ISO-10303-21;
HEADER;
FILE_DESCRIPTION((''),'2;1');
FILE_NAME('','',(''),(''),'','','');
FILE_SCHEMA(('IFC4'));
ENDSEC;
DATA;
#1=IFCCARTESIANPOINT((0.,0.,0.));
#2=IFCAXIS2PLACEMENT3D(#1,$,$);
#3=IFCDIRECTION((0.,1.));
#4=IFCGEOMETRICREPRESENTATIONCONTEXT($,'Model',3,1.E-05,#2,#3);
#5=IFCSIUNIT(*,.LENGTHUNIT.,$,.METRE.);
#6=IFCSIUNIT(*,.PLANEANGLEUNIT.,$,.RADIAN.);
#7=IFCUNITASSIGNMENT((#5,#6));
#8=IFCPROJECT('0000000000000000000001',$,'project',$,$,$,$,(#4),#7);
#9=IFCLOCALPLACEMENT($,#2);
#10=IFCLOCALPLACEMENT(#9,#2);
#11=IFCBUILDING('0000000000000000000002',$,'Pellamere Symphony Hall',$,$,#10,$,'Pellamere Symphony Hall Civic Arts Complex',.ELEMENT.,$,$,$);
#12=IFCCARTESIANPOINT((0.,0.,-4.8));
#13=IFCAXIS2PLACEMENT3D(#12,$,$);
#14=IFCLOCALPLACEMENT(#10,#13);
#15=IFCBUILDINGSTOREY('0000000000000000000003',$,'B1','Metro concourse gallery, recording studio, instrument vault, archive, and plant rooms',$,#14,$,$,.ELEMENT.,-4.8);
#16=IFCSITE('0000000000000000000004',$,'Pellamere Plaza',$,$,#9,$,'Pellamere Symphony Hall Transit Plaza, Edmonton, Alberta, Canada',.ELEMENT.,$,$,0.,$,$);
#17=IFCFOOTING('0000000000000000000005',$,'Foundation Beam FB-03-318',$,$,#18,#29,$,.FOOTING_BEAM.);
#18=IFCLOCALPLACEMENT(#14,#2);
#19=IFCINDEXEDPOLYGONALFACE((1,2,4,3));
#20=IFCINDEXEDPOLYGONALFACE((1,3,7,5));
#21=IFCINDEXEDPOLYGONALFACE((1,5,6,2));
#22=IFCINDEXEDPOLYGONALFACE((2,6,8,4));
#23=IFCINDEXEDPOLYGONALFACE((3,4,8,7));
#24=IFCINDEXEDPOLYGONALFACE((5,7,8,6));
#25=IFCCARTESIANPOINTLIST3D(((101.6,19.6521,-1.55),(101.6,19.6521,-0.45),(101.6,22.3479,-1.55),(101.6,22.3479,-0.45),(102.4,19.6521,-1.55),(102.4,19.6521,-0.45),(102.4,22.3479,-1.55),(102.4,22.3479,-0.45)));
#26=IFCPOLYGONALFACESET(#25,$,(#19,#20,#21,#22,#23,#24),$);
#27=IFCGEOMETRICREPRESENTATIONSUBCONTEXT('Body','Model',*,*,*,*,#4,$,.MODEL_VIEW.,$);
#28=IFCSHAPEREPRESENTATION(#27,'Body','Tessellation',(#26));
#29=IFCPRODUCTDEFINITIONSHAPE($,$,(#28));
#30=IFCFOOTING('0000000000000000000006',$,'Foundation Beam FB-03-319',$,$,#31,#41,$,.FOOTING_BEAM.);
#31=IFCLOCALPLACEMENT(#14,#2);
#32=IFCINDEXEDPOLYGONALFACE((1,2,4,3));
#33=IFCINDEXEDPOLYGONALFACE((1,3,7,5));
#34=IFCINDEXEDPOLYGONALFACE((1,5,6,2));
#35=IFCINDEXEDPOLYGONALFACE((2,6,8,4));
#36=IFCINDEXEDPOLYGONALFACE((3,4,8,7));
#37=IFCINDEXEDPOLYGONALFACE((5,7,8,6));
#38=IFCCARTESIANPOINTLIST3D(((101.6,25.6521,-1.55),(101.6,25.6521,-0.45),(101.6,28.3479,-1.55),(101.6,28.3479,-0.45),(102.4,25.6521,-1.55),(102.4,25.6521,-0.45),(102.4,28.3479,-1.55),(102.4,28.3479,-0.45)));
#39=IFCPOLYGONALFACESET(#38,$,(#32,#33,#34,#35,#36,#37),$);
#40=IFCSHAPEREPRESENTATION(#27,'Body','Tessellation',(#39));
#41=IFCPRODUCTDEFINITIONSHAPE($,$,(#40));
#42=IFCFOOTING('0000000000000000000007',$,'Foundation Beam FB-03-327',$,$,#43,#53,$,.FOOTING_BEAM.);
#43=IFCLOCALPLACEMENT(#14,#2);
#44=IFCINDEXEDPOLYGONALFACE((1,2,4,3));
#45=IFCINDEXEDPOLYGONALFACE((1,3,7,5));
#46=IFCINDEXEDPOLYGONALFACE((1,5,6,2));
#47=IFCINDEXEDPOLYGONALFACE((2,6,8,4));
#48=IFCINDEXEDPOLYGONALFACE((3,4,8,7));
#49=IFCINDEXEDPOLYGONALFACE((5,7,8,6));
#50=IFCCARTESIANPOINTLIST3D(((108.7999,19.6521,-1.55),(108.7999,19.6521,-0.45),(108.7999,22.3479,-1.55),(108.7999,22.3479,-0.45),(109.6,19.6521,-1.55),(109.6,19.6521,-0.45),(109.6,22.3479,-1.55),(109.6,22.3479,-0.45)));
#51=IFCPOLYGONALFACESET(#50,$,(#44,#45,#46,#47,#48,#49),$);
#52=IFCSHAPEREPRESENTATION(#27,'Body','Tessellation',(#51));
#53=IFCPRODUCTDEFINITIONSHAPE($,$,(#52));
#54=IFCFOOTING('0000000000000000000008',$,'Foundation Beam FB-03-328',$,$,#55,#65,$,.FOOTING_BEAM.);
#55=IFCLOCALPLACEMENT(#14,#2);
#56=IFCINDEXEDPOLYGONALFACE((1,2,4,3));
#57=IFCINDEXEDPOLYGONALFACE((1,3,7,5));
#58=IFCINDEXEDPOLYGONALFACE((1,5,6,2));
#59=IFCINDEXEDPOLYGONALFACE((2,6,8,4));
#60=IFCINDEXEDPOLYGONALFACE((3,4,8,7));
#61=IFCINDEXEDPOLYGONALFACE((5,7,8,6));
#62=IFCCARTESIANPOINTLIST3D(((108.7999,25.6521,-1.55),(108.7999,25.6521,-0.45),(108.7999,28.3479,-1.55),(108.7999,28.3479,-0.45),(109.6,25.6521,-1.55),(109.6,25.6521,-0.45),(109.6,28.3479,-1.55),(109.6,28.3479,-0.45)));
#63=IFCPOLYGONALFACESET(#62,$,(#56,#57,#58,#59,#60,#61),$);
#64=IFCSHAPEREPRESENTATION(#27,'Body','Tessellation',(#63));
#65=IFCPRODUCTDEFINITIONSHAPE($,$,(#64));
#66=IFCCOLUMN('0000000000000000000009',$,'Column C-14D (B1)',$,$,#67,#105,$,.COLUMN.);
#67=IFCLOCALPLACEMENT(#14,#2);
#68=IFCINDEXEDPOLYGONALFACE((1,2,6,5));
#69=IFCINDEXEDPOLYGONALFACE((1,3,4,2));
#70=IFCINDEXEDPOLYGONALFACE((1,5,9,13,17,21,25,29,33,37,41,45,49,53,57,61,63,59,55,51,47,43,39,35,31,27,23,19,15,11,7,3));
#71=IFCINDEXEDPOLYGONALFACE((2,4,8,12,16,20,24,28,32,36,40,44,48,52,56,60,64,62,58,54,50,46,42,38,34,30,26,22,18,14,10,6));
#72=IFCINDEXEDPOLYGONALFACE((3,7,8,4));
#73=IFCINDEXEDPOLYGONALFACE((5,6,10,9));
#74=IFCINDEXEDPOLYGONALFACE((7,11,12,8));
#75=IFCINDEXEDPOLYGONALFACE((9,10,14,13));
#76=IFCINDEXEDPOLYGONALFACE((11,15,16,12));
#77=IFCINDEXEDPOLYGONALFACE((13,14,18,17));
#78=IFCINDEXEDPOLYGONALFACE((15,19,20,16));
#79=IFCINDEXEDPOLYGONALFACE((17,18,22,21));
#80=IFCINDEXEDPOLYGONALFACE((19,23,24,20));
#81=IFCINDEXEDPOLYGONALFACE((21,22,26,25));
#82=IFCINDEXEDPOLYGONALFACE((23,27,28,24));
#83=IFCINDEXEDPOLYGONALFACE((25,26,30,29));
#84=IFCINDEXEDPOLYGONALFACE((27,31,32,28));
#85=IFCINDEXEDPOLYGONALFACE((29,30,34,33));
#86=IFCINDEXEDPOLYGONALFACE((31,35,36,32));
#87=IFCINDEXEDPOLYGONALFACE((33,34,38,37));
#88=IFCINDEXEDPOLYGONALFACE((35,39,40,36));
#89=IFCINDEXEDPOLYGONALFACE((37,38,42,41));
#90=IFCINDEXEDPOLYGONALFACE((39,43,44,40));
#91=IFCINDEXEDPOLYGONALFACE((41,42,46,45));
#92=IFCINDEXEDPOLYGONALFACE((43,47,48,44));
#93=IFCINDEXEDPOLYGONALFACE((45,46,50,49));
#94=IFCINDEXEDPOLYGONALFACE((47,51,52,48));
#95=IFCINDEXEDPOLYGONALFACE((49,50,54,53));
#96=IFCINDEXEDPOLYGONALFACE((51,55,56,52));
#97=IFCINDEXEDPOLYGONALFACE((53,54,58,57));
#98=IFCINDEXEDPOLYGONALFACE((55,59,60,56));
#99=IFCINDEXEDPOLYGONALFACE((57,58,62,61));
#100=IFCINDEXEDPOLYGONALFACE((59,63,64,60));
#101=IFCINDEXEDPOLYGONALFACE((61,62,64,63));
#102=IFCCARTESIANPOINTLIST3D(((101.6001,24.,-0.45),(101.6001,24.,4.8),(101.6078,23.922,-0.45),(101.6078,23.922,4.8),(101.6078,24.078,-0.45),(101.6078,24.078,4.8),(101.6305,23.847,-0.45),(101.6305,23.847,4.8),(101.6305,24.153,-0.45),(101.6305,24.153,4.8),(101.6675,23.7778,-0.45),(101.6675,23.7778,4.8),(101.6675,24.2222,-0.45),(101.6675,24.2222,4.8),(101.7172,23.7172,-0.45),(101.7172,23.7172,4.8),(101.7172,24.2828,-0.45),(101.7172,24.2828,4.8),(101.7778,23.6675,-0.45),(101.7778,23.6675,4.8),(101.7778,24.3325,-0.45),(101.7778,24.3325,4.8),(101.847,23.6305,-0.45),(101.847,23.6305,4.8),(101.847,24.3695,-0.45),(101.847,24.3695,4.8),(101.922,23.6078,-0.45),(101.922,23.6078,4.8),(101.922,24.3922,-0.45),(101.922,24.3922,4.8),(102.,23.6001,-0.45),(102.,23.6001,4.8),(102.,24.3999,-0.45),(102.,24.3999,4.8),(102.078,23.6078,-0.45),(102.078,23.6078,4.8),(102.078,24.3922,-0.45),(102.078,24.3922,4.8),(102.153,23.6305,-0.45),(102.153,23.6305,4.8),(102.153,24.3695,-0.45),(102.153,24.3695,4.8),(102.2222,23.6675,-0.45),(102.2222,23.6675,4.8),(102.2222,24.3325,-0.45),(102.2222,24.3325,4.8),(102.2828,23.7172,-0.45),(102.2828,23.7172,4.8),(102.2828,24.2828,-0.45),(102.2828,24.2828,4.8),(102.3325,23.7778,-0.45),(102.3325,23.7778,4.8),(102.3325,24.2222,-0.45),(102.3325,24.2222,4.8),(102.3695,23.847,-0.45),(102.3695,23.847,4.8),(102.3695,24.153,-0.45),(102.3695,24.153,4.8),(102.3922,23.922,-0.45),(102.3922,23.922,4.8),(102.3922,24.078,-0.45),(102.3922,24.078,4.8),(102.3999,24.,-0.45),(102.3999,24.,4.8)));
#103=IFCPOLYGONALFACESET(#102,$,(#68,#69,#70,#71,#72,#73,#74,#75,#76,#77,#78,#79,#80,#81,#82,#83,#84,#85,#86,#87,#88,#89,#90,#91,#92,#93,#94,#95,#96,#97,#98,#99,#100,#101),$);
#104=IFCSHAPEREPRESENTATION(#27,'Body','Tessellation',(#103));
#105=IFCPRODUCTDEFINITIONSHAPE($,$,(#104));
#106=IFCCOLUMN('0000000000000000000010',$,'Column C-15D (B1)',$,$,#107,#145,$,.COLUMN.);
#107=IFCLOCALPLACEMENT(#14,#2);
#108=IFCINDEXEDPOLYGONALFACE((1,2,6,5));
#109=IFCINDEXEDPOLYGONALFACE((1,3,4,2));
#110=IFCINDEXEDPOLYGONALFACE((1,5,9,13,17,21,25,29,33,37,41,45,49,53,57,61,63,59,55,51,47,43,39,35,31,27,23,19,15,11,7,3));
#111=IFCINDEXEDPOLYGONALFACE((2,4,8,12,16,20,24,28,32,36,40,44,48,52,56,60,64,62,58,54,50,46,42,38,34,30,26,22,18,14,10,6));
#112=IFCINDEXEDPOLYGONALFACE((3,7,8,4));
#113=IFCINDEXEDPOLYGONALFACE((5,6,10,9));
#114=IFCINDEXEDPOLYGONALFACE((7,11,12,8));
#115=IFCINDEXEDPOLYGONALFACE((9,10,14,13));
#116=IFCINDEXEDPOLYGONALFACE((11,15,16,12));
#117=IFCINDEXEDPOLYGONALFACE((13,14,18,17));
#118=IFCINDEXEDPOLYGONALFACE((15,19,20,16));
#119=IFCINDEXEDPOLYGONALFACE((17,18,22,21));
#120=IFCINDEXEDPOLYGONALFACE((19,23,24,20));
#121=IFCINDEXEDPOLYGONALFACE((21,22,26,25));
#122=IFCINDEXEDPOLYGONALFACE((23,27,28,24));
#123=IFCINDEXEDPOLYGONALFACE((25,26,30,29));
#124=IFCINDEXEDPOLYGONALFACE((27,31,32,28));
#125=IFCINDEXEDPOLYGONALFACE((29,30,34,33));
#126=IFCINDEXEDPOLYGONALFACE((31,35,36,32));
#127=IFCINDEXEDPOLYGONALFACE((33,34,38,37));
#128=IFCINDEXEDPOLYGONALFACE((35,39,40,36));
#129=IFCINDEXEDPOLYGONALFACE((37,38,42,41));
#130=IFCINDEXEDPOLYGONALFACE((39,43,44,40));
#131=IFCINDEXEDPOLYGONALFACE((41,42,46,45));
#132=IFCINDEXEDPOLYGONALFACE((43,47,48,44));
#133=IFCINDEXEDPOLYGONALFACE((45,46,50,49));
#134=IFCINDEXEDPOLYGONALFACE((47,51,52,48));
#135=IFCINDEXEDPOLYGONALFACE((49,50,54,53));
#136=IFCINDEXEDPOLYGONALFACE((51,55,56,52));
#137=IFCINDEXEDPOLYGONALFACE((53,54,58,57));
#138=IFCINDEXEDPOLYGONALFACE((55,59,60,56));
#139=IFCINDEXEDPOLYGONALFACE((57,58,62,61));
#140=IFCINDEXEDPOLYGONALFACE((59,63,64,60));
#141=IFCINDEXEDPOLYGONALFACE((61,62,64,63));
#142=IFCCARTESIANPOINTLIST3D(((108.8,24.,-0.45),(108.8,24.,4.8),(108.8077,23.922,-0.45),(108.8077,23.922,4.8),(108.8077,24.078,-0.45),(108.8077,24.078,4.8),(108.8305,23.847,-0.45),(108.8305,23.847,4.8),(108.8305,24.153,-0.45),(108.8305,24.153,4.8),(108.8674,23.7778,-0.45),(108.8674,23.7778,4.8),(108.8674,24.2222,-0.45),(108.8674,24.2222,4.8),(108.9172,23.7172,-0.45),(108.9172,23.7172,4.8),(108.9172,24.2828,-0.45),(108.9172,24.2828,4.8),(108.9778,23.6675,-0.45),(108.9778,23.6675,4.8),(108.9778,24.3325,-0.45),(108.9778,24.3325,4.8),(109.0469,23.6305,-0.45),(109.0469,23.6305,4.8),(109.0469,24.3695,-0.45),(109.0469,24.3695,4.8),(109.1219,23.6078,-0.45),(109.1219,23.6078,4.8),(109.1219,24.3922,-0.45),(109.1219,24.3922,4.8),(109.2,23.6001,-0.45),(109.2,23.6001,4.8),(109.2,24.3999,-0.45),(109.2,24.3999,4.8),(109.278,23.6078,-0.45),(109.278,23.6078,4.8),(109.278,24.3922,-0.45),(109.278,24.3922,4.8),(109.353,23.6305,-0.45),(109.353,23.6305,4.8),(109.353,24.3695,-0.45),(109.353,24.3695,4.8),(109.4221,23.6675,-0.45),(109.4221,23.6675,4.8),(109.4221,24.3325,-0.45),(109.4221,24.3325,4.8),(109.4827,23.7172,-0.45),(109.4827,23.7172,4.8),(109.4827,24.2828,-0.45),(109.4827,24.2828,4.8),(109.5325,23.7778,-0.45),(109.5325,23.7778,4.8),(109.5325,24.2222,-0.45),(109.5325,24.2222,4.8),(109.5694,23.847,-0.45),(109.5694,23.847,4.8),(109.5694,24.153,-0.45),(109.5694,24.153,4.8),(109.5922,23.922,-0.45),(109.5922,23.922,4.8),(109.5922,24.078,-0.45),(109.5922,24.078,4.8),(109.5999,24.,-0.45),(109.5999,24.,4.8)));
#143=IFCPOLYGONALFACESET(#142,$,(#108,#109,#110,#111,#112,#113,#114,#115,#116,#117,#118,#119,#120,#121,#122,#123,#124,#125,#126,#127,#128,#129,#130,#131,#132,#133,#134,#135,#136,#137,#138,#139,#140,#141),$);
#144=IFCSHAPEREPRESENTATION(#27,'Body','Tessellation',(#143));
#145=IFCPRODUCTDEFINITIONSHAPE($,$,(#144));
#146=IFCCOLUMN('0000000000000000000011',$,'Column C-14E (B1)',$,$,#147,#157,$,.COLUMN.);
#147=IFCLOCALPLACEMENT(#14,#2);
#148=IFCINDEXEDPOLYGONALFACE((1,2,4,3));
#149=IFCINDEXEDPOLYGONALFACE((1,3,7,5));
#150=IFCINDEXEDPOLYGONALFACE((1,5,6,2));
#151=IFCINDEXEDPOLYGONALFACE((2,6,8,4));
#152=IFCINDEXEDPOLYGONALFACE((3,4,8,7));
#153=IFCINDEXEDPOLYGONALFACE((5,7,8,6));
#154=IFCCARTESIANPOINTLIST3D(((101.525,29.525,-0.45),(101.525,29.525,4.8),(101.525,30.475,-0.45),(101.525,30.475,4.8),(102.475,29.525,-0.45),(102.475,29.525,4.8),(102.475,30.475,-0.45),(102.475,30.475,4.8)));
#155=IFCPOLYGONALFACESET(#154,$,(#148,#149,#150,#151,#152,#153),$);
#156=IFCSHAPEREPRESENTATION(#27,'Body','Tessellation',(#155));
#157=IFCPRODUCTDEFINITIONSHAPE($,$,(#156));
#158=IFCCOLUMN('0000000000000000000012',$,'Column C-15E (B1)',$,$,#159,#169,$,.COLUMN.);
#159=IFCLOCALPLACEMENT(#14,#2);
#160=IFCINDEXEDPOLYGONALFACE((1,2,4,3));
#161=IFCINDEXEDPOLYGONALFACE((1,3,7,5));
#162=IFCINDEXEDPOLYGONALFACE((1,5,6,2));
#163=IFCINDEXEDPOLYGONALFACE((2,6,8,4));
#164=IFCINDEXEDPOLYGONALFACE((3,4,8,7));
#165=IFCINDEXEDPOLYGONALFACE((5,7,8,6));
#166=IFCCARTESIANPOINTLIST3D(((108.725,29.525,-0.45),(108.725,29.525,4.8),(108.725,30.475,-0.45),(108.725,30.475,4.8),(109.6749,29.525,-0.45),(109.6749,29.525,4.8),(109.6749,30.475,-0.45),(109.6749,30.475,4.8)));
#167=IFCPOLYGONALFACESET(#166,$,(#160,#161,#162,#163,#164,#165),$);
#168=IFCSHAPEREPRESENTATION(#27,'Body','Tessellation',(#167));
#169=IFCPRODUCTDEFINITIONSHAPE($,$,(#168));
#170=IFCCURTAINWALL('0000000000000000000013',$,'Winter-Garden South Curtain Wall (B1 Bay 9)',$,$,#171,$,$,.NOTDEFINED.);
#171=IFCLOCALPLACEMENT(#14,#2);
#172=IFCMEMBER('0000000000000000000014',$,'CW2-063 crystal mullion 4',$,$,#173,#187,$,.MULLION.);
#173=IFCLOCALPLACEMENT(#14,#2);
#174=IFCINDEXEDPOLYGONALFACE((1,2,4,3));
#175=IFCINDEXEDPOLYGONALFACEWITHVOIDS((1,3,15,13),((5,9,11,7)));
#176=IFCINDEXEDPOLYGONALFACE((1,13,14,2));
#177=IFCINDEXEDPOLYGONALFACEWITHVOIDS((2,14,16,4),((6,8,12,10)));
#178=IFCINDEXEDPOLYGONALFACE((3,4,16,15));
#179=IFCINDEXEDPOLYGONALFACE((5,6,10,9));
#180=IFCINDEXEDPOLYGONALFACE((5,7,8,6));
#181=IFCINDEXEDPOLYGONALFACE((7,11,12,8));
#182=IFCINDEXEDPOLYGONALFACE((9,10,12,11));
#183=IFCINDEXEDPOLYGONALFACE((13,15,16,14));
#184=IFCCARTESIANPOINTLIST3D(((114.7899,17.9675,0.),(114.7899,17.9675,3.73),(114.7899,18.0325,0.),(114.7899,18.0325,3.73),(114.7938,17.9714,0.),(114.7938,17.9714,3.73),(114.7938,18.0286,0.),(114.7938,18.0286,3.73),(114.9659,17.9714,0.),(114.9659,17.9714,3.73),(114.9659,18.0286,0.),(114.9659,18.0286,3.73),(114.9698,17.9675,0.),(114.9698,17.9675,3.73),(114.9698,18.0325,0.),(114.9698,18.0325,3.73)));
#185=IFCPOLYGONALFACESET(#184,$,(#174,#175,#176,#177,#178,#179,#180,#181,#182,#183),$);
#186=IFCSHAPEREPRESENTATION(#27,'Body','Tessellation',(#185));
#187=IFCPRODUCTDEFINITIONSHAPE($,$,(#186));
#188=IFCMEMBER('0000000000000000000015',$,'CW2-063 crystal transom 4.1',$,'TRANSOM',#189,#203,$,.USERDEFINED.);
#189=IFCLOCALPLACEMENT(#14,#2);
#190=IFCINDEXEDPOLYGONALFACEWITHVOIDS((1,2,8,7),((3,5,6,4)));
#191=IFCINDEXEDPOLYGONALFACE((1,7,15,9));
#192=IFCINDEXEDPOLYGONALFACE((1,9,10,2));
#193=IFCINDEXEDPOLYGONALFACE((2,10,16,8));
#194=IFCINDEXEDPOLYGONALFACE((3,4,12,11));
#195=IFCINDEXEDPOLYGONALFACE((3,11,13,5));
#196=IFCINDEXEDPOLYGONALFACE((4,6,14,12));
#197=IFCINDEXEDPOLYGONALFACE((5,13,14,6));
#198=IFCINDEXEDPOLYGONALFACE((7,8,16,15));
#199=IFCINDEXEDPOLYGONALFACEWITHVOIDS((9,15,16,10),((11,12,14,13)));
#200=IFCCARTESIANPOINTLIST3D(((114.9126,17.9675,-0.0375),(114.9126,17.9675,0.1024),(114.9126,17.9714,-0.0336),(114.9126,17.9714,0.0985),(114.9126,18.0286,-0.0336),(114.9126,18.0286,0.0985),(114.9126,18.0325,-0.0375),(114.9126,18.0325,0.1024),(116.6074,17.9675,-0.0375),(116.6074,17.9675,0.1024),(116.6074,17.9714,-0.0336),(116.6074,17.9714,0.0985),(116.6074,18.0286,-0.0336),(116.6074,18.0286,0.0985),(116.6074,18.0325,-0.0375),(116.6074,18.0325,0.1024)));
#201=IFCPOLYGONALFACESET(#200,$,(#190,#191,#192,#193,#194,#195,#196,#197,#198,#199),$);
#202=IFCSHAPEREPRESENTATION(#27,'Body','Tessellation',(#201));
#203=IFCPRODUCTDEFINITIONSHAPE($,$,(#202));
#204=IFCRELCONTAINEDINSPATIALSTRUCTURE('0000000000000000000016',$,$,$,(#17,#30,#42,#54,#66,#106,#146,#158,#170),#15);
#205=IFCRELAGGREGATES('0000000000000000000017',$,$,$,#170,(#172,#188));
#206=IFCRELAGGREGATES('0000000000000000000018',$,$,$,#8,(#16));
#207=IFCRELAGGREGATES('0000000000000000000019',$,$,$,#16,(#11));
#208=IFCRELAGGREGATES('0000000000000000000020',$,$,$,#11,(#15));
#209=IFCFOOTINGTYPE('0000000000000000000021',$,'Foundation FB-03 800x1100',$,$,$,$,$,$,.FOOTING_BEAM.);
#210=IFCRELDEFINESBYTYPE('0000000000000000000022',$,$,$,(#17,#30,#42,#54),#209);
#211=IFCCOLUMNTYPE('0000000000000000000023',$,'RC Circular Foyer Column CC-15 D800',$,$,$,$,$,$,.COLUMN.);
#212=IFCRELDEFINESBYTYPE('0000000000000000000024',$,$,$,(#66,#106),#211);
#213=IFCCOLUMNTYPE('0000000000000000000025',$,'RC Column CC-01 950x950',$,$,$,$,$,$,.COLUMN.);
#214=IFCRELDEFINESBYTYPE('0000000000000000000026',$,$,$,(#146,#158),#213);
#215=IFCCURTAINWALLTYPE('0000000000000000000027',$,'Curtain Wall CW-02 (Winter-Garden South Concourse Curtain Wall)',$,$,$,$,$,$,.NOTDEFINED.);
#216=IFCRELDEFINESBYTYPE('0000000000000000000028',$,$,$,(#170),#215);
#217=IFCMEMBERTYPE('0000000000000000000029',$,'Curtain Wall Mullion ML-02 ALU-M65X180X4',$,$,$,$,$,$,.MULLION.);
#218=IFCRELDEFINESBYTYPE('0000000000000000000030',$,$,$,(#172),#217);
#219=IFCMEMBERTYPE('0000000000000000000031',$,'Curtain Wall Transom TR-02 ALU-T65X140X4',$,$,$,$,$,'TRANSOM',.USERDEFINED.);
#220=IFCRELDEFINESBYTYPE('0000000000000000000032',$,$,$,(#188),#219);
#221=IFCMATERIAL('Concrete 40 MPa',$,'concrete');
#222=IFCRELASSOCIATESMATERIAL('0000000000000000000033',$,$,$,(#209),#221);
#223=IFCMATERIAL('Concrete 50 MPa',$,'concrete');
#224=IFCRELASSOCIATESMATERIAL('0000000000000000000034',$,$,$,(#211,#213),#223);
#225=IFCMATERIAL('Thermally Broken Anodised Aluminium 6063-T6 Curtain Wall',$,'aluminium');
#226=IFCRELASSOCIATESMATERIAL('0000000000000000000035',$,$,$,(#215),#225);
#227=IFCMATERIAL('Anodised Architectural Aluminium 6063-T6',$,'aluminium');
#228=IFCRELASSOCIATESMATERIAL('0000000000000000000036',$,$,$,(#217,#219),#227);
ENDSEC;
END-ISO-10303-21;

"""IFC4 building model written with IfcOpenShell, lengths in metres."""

from ifc_helpers import new_model, si_unit, direction, frame, origin, origin_2d, place, context, subcontext, project, spatial, rectangle, hollow_rectangle, circle, extrude, material, material_profile, profile_set, type_object, element, aggregate, save


model = new_model("IFC4")

# Units and contexts
model_context = context("Model", 3, precision=1e-05, world=origin(), true_north=direction((0.0, 1.0)))
body_context = subcontext(model_context, "Body", "Model", "MODEL_VIEW")
ifc_project = project(units=[si_unit("LENGTHUNIT", "METRE"), si_unit("PLANEANGLEUNIT", "RADIAN")], contexts=[model_context])

# Site, building, storey
site_placement = place(None, origin())
site = spatial("IfcSite", under=ifc_project, at=site_placement, Name="Pellamere Plaza", LongName="Pellamere Symphony Hall Transit Plaza, Edmonton, Alberta, Canada", CompositionType="ELEMENT", RefElevation=0.0)
building_placement = place(site_placement, origin())
building = spatial("IfcBuilding", under=site, at=building_placement, Name="Pellamere Symphony Hall", LongName="Pellamere Symphony Hall Civic Arts Complex", CompositionType="ELEMENT")
storey_placement = place(building_placement, frame((0.0, 0.0, -4.8)))
storey = spatial("IfcBuildingStorey", under=building, at=storey_placement, Name="B1", Description="Metro concourse gallery, recording studio, instrument vault, archive, and plant rooms", CompositionType="ELEMENT", Elevation=-4.8)

# Footings
ifc_material_1 = material(Name="Concrete 40 MPa", Category="concrete")
ifc_material_profile_1 = material_profile(ifc_material_1, rectangle(XDim=0.8, YDim=1.1001, at=origin_2d()), Name="RC 800x1100")
ifc_profile_set_1 = profile_set([ifc_material_profile_1], Name="Concrete 40 MPa")
footing_type_1 = type_object("IfcFootingType", Name="Foundation FB-03 800x1100", PredefinedType="FOOTING_BEAM", material=ifc_profile_set_1)
for number, where, z_axis, x_axis, name in (
    (1, (102.0, 19.6521, -1.0), (0.0, 1.0, 0.0), (-1.0, 0.0, 0.0), "Foundation Beam FB-03-318"),
    (2, (102.0, 25.6521, -1.0), (0.0, 1.0, 0.0), (-1.0, 0.0, 0.0), "Foundation Beam FB-03-319"),
    (3, (109.2, 19.6521, -1.0), (0.0, 1.0, 0.0), (-1.0, 0.0, 0.0), "Foundation Beam FB-03-327"),
    (4, (109.2, 25.6521, -1.0), (0.0, 1.0, 0.0), (-1.0, 0.0, 0.0), "Foundation Beam FB-03-328"),
):
    element("IfcFooting", number, at=place(storey_placement, frame(where, z_axis=z_axis, x_axis=x_axis)), inside=storey, type_object=footing_type_1, Name=name, PredefinedType="FOOTING_BEAM", context=body_context, shape_type="SweptSolid", body=[
        extrude(rectangle(XDim=0.8, YDim=1.1001, at=origin_2d()), origin(), (0.0, 0.0, 1.0), 2.6958),
    ])

# Columns
ifc_material_2 = material(Name="Concrete 50 MPa", Category="concrete")
ifc_material_profile_2 = material_profile(ifc_material_2, circle(Radius=0.3999, at=origin_2d()), Name="RCCOL D800")
ifc_profile_set_2 = profile_set([ifc_material_profile_2], Name="Concrete 50 MPa")
column_type_1 = type_object("IfcColumnType", Name="RC Circular Foyer Column CC-15 D800", PredefinedType="COLUMN", material=ifc_profile_set_2)
for number, where, z_axis, x_axis, name in (
    (5, (102.0, 24.0, -0.45), (0.0, 0.0, 1.0), (1.0, 0.0, 0.0), "Column C-14D (B1)"),
    (6, (109.2, 24.0, -0.45), (0.0, 0.0, 1.0), (1.0, 0.0, 0.0), "Column C-15D (B1)"),
):
    element("IfcColumn", number, at=place(storey_placement, frame(where, z_axis=z_axis, x_axis=x_axis)), inside=storey, type_object=column_type_1, Name=name, PredefinedType="COLUMN", context=body_context, shape_type="SweptSolid", body=[
        extrude(circle(Radius=0.3999, at=origin_2d()), origin(), (0.0, 0.0, 1.0), 5.25),
    ])
ifc_material_profile_3 = material_profile(ifc_material_2, rectangle(XDim=0.95, YDim=0.95, at=origin_2d()), Name="RC 950x950")
ifc_profile_set_3 = profile_set([ifc_material_profile_3], Name="Concrete 50 MPa")
column_type_2 = type_object("IfcColumnType", Name="RC Column CC-01 950x950", PredefinedType="COLUMN", material=ifc_profile_set_3)
for number, where, z_axis, x_axis, name in (
    (7, (102.0, 30.0, -0.45), (0.0, 0.0, 1.0), (1.0, 0.0, 0.0), "Column C-14E (B1)"),
    (8, (109.2, 30.0, -0.45), (0.0, 0.0, 1.0), (1.0, 0.0, 0.0), "Column C-15E (B1)"),
):
    element("IfcColumn", number, at=place(storey_placement, frame(where, z_axis=z_axis, x_axis=x_axis)), inside=storey, type_object=column_type_2, Name=name, PredefinedType="COLUMN", context=body_context, shape_type="SweptSolid", body=[
        extrude(rectangle(XDim=0.95, YDim=0.95, at=origin_2d()), origin(), (0.0, 0.0, 1.0), 5.25),
    ])

# Curtain wall, members
ifc_material_3 = material(Name="Thermally Broken Anodised Aluminium 6063-T6 Curtain Wall", Category="aluminium")
curtain_wall_type = type_object("IfcCurtainWallType", Name="Curtain Wall CW-02 (Winter-Garden South Concourse Curtain Wall)", PredefinedType="NOTDEFINED", material=ifc_material_3)
curtain_wall_placement = place(storey_placement, origin())
curtain_wall = element("IfcCurtainWall", 9, at=curtain_wall_placement, inside=storey, type_object=curtain_wall_type, Name="Winter-Garden South Curtain Wall (B1 Bay 9)", PredefinedType="NOTDEFINED")
ifc_material_4 = material(Name="Anodised Architectural Aluminium 6063-T6", Category="aluminium")
ifc_material_profile_4 = material_profile(ifc_material_4, hollow_rectangle(XDim=0.0649, YDim=0.1799, WallThickness=0.0039, at=origin_2d()), Name="ALU-M65X180X4")
ifc_profile_set_4 = profile_set([ifc_material_profile_4], Name="Anodised Architectural Aluminium 6063-T6")
member_type_1 = type_object("IfcMemberType", Name="Curtain Wall Mullion ML-02 ALU-M65X180X4", PredefinedType="MULLION", material=ifc_profile_set_4)
member_1_placement = place(storey_placement, frame((114.8799, 18.0, 0.0), z_axis=(0.0, 0.0, 1.0), x_axis=(0.0, 1.0, 0.0)))
member_1 = element("IfcMember", 10, at=member_1_placement, type_object=member_type_1, Name="CW2-063 crystal mullion 4", PredefinedType="MULLION", context=body_context, shape_type="SweptSolid", body=[
    extrude(hollow_rectangle(XDim=0.0649, YDim=0.1799, WallThickness=0.0039, at=origin_2d()), origin(), (0.0, 0.0, 1.0), 3.73),
])
ifc_material_profile_5 = material_profile(ifc_material_4, hollow_rectangle(XDim=0.0649, YDim=0.1399, WallThickness=0.0039, at=origin_2d()), Name="ALU-T65X140X4")
ifc_profile_set_5 = profile_set([ifc_material_profile_5], Name="Anodised Architectural Aluminium 6063-T6")
member_type_2 = type_object("IfcMemberType", Name="Curtain Wall Transom TR-02 ALU-T65X140X4", ElementType="TRANSOM", PredefinedType="USERDEFINED", material=ifc_profile_set_5)
member_2_placement = place(storey_placement, frame((114.9126, 18.0, 0.0325), z_axis=(1.0, 0.0, 0.0), x_axis=(0.0, 1.0, 0.0)))
member_2 = element("IfcMember", 11, at=member_2_placement, type_object=member_type_2, Name="CW2-063 crystal transom 4.1", ObjectType="TRANSOM", PredefinedType="USERDEFINED", context=body_context, shape_type="SweptSolid", body=[
    extrude(hollow_rectangle(XDim=0.0649, YDim=0.1399, WallThickness=0.0039, at=origin_2d()), origin(), (0.0, 0.0, 1.0), 1.6948),
])
aggregate(curtain_wall, [member_1, member_2])

save(model, "model.ifc")
